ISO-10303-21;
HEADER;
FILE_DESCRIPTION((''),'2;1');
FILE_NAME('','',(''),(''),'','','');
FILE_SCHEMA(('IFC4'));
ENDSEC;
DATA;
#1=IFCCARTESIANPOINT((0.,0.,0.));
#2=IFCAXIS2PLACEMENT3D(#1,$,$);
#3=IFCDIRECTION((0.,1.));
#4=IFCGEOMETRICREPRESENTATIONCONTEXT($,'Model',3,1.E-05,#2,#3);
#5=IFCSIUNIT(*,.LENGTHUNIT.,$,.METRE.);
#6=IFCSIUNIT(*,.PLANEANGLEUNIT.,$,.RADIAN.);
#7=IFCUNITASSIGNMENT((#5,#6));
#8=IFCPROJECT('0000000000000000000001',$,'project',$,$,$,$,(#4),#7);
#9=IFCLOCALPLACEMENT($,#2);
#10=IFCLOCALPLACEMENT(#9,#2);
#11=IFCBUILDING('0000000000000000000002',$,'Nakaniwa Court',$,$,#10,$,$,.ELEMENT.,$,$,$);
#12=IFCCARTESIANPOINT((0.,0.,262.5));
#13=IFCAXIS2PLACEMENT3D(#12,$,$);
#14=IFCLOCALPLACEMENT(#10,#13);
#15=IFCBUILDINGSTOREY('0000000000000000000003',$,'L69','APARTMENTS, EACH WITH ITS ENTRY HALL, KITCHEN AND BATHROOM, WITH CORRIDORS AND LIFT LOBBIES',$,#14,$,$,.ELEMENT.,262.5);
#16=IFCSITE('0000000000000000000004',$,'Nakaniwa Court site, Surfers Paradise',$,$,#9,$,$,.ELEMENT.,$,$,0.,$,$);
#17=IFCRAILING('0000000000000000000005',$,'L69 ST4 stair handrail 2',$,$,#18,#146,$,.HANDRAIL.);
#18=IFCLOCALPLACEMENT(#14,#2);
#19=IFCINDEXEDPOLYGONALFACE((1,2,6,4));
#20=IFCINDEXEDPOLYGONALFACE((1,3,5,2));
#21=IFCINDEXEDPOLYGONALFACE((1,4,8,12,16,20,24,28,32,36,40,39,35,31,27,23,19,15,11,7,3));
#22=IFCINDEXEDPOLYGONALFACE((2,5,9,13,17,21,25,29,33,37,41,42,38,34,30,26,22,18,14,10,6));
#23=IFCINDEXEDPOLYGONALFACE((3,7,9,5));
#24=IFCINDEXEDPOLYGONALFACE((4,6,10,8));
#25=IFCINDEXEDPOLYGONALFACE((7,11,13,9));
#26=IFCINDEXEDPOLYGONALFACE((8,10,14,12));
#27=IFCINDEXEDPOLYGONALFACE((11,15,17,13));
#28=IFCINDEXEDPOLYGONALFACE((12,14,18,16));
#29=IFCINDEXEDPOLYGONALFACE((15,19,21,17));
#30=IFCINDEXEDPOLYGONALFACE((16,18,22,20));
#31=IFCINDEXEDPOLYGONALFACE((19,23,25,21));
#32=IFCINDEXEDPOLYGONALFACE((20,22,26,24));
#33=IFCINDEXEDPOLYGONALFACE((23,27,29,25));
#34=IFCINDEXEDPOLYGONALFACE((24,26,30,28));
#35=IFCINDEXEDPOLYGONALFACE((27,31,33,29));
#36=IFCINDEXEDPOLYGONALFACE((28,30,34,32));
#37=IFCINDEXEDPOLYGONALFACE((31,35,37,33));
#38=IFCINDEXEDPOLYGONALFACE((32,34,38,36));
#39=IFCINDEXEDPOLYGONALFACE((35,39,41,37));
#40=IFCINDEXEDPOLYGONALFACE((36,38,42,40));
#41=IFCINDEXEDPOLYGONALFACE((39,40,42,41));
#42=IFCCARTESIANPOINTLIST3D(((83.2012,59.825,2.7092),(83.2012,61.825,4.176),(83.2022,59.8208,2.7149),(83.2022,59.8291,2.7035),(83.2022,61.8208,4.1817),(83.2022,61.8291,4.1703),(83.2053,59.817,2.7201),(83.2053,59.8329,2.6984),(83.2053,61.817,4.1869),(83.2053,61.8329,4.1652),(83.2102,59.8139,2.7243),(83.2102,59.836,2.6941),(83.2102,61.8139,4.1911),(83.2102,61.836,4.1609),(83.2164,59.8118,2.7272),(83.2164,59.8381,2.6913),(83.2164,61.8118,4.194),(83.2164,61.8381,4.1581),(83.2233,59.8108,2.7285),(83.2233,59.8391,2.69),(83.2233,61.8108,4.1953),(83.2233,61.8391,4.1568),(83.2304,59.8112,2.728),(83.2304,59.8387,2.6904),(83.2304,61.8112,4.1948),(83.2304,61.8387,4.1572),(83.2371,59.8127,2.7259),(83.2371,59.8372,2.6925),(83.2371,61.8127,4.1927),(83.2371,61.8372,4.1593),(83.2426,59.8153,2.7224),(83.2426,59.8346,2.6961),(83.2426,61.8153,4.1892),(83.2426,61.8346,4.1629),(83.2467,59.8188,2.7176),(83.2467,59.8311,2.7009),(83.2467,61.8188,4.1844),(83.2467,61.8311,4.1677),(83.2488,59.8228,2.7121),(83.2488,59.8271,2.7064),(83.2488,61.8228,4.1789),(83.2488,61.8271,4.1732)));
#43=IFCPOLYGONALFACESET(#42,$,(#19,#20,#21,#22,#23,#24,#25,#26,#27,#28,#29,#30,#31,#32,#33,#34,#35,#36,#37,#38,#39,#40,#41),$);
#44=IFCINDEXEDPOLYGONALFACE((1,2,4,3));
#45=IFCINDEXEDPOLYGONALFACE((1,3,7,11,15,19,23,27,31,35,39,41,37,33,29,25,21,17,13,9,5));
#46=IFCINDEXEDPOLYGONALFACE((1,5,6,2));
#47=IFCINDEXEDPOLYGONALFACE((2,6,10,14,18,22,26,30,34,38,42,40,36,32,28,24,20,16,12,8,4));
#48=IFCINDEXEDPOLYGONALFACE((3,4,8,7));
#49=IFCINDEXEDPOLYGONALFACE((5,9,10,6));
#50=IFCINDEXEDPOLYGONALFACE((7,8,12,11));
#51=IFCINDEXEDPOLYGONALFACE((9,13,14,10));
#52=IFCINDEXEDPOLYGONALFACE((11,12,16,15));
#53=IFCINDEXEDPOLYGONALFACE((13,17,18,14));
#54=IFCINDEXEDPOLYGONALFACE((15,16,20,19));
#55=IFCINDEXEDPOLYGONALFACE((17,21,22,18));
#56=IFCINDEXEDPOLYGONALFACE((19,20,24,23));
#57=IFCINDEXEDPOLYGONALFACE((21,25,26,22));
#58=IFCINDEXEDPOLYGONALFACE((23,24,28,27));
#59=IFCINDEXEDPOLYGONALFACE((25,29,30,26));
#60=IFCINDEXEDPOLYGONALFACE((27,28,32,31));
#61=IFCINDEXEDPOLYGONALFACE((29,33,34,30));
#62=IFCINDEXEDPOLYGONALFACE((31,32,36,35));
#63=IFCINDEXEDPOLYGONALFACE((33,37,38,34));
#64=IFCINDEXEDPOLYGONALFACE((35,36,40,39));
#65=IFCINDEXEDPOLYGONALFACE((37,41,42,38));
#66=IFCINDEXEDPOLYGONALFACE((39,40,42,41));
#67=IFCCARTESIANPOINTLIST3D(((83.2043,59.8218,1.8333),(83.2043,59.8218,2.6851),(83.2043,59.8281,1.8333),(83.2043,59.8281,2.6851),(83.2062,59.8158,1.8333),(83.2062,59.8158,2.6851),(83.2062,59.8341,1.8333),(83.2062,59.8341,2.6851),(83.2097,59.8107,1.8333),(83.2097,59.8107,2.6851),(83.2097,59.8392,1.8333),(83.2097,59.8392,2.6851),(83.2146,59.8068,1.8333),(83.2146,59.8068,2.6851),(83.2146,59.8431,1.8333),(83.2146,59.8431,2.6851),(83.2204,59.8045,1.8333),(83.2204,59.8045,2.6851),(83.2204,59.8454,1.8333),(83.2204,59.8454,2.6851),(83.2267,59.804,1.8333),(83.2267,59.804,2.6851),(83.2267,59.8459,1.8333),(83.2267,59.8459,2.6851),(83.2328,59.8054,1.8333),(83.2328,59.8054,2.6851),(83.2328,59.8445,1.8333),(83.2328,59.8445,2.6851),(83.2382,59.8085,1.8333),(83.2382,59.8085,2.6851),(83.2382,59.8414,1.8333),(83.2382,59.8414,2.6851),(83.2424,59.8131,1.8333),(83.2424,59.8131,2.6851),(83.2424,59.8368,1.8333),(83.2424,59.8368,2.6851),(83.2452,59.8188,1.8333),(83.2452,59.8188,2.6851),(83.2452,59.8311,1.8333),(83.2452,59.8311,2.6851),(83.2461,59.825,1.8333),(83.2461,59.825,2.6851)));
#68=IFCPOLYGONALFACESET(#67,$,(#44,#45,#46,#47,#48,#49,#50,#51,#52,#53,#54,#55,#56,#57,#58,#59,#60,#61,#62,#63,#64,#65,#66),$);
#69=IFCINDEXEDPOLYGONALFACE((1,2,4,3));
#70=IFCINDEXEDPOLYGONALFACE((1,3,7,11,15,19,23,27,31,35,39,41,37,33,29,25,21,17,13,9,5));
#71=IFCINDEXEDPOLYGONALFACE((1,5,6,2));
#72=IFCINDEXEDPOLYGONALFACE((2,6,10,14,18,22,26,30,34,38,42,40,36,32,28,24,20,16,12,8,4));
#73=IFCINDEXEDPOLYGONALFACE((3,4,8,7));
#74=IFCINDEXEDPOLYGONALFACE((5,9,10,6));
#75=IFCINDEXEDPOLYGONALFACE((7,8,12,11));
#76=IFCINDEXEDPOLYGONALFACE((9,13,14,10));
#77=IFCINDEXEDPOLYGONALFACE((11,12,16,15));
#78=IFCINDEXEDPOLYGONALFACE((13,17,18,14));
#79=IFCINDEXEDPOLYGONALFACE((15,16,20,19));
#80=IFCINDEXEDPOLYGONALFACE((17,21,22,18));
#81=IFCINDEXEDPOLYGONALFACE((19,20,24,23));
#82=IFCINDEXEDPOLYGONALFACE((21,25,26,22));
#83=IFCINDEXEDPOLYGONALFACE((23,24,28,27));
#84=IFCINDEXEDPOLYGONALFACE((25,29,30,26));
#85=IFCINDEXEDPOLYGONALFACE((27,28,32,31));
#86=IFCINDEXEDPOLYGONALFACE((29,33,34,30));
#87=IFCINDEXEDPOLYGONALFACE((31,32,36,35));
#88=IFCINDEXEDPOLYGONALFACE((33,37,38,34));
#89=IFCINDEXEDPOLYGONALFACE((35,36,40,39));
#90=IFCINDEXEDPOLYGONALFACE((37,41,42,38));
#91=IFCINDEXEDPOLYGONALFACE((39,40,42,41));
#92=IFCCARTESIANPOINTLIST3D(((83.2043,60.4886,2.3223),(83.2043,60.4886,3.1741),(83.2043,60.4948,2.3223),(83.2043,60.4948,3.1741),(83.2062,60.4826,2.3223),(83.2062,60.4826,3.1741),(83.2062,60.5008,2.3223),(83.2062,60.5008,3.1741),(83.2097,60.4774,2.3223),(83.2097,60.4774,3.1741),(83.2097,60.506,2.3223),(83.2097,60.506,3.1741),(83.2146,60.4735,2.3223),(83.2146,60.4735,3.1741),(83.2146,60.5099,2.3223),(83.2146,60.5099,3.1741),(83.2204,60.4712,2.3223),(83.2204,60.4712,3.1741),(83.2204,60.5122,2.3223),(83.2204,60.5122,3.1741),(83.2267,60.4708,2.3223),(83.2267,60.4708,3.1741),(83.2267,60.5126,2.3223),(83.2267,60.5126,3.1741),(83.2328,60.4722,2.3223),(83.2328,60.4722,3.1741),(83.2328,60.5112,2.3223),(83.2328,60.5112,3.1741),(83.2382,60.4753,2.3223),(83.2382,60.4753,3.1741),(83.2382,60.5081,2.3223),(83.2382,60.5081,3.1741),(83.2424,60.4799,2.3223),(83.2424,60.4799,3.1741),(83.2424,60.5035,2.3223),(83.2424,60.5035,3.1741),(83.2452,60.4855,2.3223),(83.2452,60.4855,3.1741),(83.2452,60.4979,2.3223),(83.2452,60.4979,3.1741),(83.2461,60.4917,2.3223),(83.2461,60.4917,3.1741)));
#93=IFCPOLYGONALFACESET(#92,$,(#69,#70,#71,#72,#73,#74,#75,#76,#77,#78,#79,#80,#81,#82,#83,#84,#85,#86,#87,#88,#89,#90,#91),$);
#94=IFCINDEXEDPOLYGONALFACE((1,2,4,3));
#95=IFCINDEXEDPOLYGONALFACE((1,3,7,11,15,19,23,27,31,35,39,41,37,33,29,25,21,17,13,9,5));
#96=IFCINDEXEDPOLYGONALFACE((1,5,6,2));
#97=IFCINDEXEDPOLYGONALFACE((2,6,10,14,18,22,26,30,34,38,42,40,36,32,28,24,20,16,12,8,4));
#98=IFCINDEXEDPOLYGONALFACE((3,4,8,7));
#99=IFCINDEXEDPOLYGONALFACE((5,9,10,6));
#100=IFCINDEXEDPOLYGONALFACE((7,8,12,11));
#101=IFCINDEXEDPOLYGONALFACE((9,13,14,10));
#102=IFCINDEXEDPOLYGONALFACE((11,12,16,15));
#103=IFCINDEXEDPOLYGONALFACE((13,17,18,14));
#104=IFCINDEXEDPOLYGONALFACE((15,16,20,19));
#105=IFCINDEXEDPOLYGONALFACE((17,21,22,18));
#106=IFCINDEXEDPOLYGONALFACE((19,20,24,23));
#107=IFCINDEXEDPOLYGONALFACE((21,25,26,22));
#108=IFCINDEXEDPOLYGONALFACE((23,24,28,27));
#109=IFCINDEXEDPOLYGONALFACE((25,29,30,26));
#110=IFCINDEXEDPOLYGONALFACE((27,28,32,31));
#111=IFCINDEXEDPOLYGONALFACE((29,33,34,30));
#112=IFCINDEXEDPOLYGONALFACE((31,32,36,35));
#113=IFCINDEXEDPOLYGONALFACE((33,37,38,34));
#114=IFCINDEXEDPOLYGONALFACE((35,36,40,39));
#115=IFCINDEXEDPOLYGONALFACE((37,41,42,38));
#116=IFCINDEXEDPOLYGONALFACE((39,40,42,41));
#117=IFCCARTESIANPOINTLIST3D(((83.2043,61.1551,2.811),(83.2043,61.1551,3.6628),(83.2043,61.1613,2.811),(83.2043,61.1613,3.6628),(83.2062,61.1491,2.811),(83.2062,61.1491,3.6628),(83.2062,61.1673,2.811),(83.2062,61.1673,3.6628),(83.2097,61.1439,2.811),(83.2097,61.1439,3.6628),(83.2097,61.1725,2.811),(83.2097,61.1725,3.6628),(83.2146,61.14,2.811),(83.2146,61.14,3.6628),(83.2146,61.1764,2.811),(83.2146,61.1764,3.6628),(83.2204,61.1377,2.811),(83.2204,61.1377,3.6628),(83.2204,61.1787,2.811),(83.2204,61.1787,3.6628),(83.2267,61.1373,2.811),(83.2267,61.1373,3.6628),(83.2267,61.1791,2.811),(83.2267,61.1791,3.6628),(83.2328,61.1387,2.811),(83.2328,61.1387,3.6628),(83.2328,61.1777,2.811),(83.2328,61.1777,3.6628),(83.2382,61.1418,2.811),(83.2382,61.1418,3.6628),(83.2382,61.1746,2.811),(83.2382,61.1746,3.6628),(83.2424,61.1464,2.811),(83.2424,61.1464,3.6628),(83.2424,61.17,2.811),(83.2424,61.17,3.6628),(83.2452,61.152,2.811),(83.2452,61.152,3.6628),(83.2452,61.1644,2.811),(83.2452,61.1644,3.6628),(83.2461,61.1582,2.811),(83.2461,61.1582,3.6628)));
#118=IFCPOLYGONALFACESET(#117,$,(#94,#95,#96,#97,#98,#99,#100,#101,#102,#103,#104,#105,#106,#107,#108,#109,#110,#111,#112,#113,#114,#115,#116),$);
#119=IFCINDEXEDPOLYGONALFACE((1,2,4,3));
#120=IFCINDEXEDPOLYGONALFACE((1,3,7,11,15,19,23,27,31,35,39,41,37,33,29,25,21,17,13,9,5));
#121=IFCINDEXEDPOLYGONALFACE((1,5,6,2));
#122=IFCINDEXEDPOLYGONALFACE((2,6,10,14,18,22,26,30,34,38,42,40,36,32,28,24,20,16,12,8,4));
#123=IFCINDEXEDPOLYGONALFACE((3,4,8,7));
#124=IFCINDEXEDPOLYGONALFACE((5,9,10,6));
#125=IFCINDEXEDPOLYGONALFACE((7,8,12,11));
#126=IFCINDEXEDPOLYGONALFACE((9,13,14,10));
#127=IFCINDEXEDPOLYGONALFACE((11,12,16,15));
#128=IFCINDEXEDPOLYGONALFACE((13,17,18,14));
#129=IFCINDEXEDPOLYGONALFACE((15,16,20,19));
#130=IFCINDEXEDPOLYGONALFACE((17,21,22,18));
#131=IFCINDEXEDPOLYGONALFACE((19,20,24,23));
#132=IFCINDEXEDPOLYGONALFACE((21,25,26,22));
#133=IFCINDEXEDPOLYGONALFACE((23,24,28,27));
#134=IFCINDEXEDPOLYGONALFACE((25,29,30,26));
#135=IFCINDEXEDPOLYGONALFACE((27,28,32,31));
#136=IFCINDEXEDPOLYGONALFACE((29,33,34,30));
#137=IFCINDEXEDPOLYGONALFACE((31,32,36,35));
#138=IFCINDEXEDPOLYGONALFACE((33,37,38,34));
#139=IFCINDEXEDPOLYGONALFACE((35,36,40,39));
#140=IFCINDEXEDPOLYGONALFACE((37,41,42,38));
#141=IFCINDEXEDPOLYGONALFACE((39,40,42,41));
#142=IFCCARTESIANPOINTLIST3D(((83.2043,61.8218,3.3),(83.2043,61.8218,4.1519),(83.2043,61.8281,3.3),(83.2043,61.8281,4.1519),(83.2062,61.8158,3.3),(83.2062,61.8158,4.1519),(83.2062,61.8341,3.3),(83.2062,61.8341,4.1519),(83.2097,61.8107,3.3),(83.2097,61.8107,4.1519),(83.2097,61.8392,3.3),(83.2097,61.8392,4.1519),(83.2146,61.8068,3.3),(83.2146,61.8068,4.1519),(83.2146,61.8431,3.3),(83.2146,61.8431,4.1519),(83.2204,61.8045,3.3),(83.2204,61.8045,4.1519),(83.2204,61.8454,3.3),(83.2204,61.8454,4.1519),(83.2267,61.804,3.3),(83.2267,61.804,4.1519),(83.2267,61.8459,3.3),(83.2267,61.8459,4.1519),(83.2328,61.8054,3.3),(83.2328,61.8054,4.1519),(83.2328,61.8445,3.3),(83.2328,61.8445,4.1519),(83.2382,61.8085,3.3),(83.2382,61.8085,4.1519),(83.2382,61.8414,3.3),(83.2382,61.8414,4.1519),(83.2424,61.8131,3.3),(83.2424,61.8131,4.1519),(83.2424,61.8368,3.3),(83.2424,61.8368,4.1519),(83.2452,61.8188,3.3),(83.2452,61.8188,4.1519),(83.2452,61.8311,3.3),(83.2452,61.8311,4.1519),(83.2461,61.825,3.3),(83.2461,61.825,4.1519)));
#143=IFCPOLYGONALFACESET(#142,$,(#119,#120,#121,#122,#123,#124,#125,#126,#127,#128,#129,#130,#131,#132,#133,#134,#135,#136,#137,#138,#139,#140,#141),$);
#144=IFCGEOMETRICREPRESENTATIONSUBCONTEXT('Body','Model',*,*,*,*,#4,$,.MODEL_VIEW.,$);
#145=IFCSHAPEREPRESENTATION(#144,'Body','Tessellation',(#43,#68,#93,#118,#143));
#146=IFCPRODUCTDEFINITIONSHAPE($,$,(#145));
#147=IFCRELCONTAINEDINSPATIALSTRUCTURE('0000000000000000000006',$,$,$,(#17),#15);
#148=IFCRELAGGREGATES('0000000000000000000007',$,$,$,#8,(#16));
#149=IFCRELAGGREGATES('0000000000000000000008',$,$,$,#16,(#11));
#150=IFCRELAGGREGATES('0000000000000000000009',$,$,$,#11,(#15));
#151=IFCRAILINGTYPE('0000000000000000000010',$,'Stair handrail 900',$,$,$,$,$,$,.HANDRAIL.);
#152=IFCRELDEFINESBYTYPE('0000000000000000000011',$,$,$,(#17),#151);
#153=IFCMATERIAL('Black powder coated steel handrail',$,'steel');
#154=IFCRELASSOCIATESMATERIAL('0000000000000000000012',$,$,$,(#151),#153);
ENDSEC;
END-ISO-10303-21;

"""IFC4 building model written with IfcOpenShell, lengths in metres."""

from ifc_helpers import new_model, si_unit, direction, frame, origin, origin_2d, place, context, subcontext, project, spatial, circle, extrude, material, type_object, element, save


model = new_model("IFC4")

# Units and contexts
model_context = context("Model", 3, precision=1e-05, world=origin(), true_north=direction((0.0, 1.0)))
body_context = subcontext(model_context, "Body", "Model", "MODEL_VIEW")
ifc_project = project(units=[si_unit("LENGTHUNIT", "METRE"), si_unit("PLANEANGLEUNIT", "RADIAN")], contexts=[model_context])

# Site, building, storey
site_placement = place(None, origin())
site = spatial("IfcSite", under=ifc_project, at=site_placement, Name="Nakaniwa Court site, Surfers Paradise", CompositionType="ELEMENT", RefElevation=0.0)
building_placement = place(site_placement, origin())
building = spatial("IfcBuilding", under=site, at=building_placement, Name="Nakaniwa Court", CompositionType="ELEMENT")
storey_placement = place(building_placement, frame((0.0, 0.0, 262.5)))
storey = spatial("IfcBuildingStorey", under=building, at=storey_placement, Name="L69", Description="APARTMENTS, EACH WITH ITS ENTRY HALL, KITCHEN AND BATHROOM, WITH CORRIDORS AND LIFT LOBBIES", CompositionType="ELEMENT", Elevation=262.5)

# Railing
ifc_material_1 = material(Name="Black powder coated steel handrail", Category="steel")
railing_type_1 = type_object("IfcRailingType", Name="Stair handrail 900", PredefinedType="HANDRAIL", material=ifc_material_1)
railing_1_placement = place(storey_placement, frame((83.2251, 59.825, 1.8333)))
element("IfcRailing", 1, at=railing_1_placement, inside=storey, type_object=railing_type_1, Name="L69 ST4 stair handrail 2", PredefinedType="HANDRAIL", context=body_context, shape_type="SweptSolid", body=[
    extrude(circle(Radius=0.0239, at=origin_2d()), frame((0.0, 0.0, 0.876), z_axis=(0.0, 0.80638, 0.591398), x_axis=(-1.0, 0.0, 0.0)), (0.0, 0.0, 1.0), 2.4802),
    extrude(circle(Radius=0.021, at=origin_2d()), origin(), (0.0, 0.0, 1.0), 0.8518),
    extrude(circle(Radius=0.021, at=origin_2d()), frame((0.0, 0.6667, 0.489)), (0.0, 0.0, 1.0), 0.8518),
    extrude(circle(Radius=0.021, at=origin_2d()), frame((0.0, 1.3333, 0.9778)), (0.0, 0.0, 1.0), 0.8518),
    extrude(circle(Radius=0.021, at=origin_2d()), frame((0.0, 2.0, 1.4668)), (0.0, 0.0, 1.0), 0.8518),
])

save(model, "model.ifc")
